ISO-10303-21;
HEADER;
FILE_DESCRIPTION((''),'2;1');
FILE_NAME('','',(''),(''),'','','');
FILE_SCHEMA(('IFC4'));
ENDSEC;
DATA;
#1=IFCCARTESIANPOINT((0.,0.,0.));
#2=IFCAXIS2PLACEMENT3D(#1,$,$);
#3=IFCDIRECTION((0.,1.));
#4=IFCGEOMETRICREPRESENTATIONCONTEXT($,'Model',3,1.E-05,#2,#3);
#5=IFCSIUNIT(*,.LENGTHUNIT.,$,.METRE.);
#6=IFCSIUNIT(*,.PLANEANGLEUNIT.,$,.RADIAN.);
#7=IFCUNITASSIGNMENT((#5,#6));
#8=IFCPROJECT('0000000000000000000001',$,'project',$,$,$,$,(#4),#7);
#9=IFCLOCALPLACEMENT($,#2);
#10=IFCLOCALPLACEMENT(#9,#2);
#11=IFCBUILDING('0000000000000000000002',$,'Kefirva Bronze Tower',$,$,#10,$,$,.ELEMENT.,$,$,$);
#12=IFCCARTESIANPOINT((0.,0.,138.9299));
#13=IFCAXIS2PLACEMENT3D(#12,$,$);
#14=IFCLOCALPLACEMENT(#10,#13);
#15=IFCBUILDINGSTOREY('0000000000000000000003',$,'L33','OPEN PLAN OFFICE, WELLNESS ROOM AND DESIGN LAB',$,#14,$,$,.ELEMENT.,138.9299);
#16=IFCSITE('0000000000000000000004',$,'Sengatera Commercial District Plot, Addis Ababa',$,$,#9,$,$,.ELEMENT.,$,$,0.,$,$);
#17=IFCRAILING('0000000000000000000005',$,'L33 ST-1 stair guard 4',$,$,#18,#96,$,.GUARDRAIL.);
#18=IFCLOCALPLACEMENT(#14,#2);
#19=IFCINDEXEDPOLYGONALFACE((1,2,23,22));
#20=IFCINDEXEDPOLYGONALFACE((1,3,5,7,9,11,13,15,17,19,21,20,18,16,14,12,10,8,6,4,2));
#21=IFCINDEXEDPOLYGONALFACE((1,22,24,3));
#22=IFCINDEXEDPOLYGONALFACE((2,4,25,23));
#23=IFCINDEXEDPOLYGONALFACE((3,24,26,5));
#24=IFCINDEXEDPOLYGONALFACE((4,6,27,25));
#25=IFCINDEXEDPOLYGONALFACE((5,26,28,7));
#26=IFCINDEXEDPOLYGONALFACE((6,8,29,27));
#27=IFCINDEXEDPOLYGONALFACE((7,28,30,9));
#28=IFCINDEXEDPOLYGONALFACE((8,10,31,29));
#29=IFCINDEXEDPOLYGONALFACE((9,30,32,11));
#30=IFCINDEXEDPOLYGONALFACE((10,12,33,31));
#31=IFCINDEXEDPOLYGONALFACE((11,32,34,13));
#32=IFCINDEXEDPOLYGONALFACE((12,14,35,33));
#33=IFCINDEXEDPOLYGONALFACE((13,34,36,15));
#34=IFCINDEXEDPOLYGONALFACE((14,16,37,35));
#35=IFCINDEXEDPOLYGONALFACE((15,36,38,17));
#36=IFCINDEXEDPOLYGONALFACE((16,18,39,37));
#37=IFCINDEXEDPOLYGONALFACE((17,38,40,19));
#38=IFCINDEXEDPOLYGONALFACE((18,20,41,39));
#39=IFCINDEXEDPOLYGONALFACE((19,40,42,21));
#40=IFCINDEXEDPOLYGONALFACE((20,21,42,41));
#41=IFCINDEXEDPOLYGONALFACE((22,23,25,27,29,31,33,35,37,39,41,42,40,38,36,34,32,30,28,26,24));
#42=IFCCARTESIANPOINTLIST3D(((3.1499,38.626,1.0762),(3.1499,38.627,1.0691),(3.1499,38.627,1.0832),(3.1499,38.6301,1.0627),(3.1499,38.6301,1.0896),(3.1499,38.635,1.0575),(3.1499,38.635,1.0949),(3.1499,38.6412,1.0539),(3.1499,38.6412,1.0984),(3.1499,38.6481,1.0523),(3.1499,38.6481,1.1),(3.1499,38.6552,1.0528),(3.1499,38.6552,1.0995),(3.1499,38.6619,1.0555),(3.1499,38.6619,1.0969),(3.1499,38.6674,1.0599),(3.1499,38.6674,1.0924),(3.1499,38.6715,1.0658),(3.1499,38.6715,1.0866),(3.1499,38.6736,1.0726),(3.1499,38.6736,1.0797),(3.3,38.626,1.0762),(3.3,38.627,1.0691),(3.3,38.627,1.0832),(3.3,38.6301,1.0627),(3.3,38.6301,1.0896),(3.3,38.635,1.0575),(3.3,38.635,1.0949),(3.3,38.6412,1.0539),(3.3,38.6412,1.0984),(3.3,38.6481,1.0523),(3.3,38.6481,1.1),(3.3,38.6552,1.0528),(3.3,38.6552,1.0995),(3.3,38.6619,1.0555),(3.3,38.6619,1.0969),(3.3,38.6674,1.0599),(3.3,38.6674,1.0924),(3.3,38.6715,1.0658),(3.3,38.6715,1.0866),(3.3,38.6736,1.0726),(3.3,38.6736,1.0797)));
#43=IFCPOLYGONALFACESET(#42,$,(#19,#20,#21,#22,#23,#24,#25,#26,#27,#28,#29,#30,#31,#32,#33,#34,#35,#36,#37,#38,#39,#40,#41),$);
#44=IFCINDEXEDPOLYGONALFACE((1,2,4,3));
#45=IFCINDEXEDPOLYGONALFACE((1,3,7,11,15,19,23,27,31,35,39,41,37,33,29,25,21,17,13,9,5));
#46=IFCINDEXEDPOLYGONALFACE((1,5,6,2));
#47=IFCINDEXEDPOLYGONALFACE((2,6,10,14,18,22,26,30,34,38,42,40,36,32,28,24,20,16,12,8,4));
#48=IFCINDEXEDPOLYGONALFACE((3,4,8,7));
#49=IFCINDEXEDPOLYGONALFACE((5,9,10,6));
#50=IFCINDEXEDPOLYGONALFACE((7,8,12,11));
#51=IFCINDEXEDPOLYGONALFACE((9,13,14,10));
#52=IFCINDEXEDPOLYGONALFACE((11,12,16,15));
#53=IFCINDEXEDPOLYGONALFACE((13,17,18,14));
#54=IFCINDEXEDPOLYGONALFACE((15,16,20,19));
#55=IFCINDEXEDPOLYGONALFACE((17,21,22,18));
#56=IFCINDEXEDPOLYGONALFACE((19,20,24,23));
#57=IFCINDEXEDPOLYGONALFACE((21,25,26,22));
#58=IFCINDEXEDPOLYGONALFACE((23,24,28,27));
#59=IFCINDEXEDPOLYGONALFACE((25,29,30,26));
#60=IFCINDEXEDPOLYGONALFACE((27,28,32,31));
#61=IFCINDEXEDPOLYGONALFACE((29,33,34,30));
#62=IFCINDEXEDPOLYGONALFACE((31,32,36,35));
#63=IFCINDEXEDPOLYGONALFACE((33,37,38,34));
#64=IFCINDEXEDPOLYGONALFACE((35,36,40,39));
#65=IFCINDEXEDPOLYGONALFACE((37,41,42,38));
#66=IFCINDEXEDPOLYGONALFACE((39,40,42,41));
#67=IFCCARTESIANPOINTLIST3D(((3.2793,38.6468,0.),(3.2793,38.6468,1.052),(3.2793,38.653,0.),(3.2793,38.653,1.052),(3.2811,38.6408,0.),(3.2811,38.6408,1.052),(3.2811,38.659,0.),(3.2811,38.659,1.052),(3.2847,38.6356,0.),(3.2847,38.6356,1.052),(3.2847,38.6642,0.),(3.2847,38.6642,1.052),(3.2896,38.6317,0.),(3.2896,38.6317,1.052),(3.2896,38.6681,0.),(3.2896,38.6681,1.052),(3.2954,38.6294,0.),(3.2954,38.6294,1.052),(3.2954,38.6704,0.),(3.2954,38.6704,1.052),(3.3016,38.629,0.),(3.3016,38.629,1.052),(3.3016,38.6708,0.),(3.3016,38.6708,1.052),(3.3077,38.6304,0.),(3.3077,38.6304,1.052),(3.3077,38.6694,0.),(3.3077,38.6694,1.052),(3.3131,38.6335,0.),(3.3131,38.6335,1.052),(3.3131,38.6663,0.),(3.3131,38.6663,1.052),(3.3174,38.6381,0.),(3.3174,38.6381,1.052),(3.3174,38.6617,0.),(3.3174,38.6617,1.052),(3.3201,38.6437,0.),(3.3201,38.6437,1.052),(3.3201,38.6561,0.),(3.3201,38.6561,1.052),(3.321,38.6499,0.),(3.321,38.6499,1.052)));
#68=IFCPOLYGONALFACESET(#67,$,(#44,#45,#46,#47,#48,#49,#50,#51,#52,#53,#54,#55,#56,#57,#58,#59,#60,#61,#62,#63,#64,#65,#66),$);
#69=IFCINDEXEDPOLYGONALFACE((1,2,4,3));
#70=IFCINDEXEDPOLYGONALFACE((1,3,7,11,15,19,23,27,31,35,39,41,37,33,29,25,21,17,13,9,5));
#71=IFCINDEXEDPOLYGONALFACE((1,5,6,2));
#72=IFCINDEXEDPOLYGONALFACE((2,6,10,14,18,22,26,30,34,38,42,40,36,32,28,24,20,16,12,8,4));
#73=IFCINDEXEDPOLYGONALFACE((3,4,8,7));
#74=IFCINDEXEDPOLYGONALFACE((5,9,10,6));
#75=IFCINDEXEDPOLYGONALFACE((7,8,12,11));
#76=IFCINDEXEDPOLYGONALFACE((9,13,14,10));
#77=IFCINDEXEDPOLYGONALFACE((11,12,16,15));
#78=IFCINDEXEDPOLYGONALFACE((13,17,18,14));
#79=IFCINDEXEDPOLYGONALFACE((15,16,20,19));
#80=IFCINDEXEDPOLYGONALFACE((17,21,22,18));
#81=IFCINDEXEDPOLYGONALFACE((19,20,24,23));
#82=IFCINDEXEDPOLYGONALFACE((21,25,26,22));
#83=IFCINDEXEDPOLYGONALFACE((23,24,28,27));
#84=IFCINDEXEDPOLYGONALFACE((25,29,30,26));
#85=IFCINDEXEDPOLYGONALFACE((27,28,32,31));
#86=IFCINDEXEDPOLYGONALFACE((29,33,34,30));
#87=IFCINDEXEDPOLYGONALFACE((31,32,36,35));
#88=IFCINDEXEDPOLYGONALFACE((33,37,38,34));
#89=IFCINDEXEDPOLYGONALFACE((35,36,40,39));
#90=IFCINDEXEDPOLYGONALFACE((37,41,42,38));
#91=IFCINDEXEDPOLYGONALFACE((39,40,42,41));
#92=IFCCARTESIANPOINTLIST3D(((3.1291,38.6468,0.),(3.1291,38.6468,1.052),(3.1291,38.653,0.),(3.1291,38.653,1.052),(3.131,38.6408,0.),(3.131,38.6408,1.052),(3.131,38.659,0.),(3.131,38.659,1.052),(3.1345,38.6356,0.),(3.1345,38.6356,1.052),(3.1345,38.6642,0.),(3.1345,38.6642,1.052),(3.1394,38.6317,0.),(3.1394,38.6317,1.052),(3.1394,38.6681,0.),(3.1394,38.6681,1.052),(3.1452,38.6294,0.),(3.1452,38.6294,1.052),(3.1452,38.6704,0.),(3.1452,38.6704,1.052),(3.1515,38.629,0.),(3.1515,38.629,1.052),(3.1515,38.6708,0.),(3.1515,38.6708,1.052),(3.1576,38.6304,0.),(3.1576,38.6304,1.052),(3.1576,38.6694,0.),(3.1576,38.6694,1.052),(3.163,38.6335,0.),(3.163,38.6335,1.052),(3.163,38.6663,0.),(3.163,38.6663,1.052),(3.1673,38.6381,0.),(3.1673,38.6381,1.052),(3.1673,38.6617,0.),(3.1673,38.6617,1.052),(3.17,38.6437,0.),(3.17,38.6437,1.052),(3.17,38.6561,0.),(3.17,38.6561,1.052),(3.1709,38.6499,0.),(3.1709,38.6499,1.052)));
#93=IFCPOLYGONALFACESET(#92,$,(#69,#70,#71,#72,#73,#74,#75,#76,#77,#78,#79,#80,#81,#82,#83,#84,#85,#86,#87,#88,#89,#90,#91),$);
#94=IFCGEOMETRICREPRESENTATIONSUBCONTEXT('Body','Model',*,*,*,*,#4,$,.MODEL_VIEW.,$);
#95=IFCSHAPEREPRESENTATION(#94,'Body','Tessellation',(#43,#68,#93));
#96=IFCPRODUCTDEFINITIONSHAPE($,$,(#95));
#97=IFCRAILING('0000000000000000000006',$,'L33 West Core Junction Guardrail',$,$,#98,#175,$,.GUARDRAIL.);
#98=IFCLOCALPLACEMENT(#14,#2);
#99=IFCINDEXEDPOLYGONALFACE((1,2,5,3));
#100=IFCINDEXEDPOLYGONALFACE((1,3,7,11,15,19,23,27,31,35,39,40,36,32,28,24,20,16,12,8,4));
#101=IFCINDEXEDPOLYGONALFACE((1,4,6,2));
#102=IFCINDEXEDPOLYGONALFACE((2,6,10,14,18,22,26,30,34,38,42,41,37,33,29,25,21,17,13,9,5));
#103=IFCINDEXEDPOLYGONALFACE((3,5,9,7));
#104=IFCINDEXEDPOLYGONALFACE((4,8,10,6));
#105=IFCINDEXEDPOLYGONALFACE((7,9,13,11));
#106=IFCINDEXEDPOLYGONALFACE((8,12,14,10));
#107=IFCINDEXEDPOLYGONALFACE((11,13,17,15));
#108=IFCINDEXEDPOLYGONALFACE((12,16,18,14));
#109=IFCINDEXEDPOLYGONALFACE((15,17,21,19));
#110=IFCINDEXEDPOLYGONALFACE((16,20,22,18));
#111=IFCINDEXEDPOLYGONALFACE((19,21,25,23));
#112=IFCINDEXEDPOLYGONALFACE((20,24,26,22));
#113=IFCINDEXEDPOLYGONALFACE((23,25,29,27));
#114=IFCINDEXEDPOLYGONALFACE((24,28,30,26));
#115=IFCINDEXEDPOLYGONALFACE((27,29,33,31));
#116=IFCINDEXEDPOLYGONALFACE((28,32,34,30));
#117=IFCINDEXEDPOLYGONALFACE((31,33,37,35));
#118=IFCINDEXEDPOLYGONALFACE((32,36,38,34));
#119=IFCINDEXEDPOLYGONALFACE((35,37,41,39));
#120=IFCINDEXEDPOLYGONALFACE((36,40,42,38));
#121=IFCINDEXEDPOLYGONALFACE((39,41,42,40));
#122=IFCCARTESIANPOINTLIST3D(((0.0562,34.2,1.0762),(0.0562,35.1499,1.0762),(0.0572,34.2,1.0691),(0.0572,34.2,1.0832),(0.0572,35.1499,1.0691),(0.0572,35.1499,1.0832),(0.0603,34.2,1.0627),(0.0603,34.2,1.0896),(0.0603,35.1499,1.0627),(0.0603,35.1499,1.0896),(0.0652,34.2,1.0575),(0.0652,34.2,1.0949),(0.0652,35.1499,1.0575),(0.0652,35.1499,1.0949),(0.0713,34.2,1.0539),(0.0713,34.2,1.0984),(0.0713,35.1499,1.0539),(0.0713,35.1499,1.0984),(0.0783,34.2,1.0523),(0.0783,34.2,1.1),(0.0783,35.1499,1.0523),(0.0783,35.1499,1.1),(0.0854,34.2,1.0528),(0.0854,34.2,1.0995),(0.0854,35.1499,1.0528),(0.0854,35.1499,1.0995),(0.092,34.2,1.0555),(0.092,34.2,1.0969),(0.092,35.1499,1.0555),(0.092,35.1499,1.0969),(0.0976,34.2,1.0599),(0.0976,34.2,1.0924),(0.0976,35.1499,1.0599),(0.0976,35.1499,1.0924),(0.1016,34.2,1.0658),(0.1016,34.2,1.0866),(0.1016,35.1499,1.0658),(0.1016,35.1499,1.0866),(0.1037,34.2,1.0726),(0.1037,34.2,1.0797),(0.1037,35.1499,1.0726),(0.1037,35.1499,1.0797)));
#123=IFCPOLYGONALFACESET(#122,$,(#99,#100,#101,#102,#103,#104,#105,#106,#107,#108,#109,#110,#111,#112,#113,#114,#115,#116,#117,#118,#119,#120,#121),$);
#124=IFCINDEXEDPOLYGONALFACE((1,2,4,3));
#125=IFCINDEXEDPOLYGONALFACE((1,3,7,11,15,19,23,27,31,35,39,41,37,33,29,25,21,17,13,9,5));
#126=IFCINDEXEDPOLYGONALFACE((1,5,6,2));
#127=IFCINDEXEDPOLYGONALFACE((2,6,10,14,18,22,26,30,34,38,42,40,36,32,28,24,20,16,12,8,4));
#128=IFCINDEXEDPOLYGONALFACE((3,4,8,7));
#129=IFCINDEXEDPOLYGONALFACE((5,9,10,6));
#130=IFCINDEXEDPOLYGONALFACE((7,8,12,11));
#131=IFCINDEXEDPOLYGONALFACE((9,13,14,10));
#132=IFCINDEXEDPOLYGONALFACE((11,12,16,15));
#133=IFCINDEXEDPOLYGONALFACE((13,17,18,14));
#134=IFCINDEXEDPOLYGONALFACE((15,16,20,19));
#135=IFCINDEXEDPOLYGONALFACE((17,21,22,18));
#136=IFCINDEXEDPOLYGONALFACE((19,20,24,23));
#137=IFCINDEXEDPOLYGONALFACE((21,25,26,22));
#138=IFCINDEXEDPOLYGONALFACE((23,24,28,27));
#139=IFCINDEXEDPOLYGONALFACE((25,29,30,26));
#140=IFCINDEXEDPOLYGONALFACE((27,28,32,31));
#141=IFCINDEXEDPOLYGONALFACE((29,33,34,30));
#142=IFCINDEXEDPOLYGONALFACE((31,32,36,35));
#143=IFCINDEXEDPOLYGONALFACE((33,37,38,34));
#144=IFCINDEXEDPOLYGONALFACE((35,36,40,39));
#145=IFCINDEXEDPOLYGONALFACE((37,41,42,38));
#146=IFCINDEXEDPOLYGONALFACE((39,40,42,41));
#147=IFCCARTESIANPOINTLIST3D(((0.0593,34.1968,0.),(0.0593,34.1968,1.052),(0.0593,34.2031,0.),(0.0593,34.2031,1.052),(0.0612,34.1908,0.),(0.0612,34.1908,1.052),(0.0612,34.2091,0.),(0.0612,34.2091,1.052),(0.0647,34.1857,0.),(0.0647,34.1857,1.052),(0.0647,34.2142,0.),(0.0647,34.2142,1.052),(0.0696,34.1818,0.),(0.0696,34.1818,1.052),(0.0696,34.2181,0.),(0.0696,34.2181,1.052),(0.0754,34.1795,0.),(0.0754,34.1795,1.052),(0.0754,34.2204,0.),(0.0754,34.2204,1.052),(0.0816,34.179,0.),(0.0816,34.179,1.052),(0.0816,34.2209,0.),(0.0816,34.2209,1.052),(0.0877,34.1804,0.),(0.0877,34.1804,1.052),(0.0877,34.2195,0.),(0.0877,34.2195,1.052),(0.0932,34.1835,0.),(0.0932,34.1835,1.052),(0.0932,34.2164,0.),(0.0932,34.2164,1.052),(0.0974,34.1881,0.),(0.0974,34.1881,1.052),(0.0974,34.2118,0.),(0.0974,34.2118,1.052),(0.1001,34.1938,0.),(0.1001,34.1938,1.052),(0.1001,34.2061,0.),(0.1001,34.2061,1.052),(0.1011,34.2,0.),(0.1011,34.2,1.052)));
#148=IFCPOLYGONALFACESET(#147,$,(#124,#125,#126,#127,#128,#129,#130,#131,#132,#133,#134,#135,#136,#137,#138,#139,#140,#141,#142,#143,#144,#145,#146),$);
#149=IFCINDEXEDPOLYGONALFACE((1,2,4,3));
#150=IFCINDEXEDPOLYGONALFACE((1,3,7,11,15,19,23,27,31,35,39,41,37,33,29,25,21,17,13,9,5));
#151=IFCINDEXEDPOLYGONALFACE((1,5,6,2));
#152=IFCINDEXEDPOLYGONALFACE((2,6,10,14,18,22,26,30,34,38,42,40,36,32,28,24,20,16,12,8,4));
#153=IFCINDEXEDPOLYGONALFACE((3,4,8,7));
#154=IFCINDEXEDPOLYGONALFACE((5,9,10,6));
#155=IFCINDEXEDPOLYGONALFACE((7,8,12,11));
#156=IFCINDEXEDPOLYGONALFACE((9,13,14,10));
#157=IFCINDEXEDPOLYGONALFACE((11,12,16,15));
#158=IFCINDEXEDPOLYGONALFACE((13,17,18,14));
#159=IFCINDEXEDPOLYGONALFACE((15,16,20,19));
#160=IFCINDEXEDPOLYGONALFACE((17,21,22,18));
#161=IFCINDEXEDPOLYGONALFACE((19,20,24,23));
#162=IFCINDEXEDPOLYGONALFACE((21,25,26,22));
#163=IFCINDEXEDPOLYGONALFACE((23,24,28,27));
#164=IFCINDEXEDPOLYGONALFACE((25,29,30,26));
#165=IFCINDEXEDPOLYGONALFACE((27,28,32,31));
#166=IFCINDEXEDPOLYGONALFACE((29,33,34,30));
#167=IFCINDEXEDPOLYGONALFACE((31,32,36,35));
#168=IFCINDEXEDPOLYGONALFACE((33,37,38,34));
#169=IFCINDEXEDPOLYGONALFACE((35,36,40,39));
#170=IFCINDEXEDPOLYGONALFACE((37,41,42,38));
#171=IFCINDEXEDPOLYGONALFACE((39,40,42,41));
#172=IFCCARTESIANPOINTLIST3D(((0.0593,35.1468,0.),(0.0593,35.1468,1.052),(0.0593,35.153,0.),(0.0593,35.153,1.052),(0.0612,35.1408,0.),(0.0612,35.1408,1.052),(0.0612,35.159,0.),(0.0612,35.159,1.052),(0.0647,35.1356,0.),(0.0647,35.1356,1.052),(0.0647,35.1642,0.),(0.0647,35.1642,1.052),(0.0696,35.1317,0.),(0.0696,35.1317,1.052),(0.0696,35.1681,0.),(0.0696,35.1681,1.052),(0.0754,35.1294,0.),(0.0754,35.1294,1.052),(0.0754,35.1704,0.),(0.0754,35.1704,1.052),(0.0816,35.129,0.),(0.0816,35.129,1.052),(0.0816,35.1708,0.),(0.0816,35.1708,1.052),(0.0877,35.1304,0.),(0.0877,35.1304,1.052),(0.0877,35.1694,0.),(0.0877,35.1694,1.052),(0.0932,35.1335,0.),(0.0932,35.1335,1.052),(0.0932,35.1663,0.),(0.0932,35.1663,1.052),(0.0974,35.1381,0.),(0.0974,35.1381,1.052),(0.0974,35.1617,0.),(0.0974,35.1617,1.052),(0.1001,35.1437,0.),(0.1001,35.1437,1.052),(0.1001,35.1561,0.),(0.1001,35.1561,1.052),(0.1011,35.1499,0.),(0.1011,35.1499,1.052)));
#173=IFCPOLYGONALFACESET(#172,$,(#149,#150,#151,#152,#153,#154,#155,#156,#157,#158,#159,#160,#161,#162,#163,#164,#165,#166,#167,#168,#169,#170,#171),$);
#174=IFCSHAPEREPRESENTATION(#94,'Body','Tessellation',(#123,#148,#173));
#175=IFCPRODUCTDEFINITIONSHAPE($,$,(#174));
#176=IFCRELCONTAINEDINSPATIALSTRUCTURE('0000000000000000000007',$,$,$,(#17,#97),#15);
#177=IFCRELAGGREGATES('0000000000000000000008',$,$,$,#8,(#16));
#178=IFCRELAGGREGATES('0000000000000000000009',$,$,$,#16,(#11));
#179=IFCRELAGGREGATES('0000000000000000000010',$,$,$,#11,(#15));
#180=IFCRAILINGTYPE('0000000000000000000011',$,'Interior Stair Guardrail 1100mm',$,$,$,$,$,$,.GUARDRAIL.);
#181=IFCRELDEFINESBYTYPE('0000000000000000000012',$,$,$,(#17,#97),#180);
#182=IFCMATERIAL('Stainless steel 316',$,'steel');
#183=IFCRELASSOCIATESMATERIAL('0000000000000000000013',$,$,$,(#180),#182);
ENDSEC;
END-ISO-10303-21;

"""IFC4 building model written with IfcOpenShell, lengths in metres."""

from ifc_helpers import new_model, si_unit, direction, frame, origin, origin_2d, place, context, subcontext, project, spatial, circle, extrude, material, type_object, element, save


model = new_model("IFC4")

# Units and contexts
model_context = context("Model", 3, precision=1e-05, world=origin(), true_north=direction((0.0, 1.0)))
body_context = subcontext(model_context, "Body", "Model", "MODEL_VIEW")
ifc_project = project(units=[si_unit("LENGTHUNIT", "METRE"), si_unit("PLANEANGLEUNIT", "RADIAN")], contexts=[model_context])

# Site, building, storey
site_placement = place(None, origin())
site = spatial("IfcSite", under=ifc_project, at=site_placement, Name="Sengatera Commercial District Plot, Addis Ababa", CompositionType="ELEMENT", RefElevation=0.0)
building_placement = place(site_placement, origin())
building = spatial("IfcBuilding", under=site, at=building_placement, Name="Kefirva Bronze Tower", CompositionType="ELEMENT")
storey_placement = place(building_placement, frame((0.0, 0.0, 138.9299)))
storey = spatial("IfcBuildingStorey", under=building, at=storey_placement, Name="L33", Description="OPEN PLAN OFFICE, WELLNESS ROOM AND DESIGN LAB", CompositionType="ELEMENT", Elevation=138.9299)

# Railings
ifc_material_1 = material(Name="Stainless steel 316", Category="steel")
railing_type_1 = type_object("IfcRailingType", Name="Interior Stair Guardrail 1100mm", PredefinedType="GUARDRAIL", material=ifc_material_1)
railing_1_placement = place(storey_placement, frame((3.3, 38.6499, 0.0)))
element("IfcRailing", 1, at=railing_1_placement, inside=storey, type_object=railing_type_1, Name="L33 ST-1 stair guard 4", PredefinedType="GUARDRAIL", context=body_context, shape_type="SweptSolid", body=[
    extrude(circle(Radius=0.0239, at=origin_2d()), frame((0.0, 0.0, 1.0762), z_axis=(-1.0, 0.0, 0.0), x_axis=(0.0, -1.0, 0.0)), (0.0, 0.0, 1.0), 0.1501),
    extrude(circle(Radius=0.021, at=origin_2d()), origin(), (0.0, 0.0, 1.0), 1.052),
    extrude(circle(Radius=0.021, at=origin_2d()), frame((-0.1501, 0.0, 0.0)), (0.0, 0.0, 1.0), 1.052),
])
railing_2_placement = place(storey_placement, frame((0.0801, 34.2, 0.0)))
element("IfcRailing", 2, at=railing_2_placement, inside=storey, type_object=railing_type_1, Name="L33 West Core Junction Guardrail", PredefinedType="GUARDRAIL", context=body_context, shape_type="SweptSolid", body=[
    extrude(circle(Radius=0.0239, at=origin_2d()), frame((0.0, 0.0, 1.0762), z_axis=(0.0, 1.0, 0.0), x_axis=(-1.0, 0.0, 0.0)), (0.0, 0.0, 1.0), 0.95),
    extrude(circle(Radius=0.021, at=origin_2d()), origin(), (0.0, 0.0, 1.0), 1.052),
    extrude(circle(Radius=0.021, at=origin_2d()), frame((0.0, 0.95, 0.0)), (0.0, 0.0, 1.0), 1.052),
])

save(model, "model.ifc")
